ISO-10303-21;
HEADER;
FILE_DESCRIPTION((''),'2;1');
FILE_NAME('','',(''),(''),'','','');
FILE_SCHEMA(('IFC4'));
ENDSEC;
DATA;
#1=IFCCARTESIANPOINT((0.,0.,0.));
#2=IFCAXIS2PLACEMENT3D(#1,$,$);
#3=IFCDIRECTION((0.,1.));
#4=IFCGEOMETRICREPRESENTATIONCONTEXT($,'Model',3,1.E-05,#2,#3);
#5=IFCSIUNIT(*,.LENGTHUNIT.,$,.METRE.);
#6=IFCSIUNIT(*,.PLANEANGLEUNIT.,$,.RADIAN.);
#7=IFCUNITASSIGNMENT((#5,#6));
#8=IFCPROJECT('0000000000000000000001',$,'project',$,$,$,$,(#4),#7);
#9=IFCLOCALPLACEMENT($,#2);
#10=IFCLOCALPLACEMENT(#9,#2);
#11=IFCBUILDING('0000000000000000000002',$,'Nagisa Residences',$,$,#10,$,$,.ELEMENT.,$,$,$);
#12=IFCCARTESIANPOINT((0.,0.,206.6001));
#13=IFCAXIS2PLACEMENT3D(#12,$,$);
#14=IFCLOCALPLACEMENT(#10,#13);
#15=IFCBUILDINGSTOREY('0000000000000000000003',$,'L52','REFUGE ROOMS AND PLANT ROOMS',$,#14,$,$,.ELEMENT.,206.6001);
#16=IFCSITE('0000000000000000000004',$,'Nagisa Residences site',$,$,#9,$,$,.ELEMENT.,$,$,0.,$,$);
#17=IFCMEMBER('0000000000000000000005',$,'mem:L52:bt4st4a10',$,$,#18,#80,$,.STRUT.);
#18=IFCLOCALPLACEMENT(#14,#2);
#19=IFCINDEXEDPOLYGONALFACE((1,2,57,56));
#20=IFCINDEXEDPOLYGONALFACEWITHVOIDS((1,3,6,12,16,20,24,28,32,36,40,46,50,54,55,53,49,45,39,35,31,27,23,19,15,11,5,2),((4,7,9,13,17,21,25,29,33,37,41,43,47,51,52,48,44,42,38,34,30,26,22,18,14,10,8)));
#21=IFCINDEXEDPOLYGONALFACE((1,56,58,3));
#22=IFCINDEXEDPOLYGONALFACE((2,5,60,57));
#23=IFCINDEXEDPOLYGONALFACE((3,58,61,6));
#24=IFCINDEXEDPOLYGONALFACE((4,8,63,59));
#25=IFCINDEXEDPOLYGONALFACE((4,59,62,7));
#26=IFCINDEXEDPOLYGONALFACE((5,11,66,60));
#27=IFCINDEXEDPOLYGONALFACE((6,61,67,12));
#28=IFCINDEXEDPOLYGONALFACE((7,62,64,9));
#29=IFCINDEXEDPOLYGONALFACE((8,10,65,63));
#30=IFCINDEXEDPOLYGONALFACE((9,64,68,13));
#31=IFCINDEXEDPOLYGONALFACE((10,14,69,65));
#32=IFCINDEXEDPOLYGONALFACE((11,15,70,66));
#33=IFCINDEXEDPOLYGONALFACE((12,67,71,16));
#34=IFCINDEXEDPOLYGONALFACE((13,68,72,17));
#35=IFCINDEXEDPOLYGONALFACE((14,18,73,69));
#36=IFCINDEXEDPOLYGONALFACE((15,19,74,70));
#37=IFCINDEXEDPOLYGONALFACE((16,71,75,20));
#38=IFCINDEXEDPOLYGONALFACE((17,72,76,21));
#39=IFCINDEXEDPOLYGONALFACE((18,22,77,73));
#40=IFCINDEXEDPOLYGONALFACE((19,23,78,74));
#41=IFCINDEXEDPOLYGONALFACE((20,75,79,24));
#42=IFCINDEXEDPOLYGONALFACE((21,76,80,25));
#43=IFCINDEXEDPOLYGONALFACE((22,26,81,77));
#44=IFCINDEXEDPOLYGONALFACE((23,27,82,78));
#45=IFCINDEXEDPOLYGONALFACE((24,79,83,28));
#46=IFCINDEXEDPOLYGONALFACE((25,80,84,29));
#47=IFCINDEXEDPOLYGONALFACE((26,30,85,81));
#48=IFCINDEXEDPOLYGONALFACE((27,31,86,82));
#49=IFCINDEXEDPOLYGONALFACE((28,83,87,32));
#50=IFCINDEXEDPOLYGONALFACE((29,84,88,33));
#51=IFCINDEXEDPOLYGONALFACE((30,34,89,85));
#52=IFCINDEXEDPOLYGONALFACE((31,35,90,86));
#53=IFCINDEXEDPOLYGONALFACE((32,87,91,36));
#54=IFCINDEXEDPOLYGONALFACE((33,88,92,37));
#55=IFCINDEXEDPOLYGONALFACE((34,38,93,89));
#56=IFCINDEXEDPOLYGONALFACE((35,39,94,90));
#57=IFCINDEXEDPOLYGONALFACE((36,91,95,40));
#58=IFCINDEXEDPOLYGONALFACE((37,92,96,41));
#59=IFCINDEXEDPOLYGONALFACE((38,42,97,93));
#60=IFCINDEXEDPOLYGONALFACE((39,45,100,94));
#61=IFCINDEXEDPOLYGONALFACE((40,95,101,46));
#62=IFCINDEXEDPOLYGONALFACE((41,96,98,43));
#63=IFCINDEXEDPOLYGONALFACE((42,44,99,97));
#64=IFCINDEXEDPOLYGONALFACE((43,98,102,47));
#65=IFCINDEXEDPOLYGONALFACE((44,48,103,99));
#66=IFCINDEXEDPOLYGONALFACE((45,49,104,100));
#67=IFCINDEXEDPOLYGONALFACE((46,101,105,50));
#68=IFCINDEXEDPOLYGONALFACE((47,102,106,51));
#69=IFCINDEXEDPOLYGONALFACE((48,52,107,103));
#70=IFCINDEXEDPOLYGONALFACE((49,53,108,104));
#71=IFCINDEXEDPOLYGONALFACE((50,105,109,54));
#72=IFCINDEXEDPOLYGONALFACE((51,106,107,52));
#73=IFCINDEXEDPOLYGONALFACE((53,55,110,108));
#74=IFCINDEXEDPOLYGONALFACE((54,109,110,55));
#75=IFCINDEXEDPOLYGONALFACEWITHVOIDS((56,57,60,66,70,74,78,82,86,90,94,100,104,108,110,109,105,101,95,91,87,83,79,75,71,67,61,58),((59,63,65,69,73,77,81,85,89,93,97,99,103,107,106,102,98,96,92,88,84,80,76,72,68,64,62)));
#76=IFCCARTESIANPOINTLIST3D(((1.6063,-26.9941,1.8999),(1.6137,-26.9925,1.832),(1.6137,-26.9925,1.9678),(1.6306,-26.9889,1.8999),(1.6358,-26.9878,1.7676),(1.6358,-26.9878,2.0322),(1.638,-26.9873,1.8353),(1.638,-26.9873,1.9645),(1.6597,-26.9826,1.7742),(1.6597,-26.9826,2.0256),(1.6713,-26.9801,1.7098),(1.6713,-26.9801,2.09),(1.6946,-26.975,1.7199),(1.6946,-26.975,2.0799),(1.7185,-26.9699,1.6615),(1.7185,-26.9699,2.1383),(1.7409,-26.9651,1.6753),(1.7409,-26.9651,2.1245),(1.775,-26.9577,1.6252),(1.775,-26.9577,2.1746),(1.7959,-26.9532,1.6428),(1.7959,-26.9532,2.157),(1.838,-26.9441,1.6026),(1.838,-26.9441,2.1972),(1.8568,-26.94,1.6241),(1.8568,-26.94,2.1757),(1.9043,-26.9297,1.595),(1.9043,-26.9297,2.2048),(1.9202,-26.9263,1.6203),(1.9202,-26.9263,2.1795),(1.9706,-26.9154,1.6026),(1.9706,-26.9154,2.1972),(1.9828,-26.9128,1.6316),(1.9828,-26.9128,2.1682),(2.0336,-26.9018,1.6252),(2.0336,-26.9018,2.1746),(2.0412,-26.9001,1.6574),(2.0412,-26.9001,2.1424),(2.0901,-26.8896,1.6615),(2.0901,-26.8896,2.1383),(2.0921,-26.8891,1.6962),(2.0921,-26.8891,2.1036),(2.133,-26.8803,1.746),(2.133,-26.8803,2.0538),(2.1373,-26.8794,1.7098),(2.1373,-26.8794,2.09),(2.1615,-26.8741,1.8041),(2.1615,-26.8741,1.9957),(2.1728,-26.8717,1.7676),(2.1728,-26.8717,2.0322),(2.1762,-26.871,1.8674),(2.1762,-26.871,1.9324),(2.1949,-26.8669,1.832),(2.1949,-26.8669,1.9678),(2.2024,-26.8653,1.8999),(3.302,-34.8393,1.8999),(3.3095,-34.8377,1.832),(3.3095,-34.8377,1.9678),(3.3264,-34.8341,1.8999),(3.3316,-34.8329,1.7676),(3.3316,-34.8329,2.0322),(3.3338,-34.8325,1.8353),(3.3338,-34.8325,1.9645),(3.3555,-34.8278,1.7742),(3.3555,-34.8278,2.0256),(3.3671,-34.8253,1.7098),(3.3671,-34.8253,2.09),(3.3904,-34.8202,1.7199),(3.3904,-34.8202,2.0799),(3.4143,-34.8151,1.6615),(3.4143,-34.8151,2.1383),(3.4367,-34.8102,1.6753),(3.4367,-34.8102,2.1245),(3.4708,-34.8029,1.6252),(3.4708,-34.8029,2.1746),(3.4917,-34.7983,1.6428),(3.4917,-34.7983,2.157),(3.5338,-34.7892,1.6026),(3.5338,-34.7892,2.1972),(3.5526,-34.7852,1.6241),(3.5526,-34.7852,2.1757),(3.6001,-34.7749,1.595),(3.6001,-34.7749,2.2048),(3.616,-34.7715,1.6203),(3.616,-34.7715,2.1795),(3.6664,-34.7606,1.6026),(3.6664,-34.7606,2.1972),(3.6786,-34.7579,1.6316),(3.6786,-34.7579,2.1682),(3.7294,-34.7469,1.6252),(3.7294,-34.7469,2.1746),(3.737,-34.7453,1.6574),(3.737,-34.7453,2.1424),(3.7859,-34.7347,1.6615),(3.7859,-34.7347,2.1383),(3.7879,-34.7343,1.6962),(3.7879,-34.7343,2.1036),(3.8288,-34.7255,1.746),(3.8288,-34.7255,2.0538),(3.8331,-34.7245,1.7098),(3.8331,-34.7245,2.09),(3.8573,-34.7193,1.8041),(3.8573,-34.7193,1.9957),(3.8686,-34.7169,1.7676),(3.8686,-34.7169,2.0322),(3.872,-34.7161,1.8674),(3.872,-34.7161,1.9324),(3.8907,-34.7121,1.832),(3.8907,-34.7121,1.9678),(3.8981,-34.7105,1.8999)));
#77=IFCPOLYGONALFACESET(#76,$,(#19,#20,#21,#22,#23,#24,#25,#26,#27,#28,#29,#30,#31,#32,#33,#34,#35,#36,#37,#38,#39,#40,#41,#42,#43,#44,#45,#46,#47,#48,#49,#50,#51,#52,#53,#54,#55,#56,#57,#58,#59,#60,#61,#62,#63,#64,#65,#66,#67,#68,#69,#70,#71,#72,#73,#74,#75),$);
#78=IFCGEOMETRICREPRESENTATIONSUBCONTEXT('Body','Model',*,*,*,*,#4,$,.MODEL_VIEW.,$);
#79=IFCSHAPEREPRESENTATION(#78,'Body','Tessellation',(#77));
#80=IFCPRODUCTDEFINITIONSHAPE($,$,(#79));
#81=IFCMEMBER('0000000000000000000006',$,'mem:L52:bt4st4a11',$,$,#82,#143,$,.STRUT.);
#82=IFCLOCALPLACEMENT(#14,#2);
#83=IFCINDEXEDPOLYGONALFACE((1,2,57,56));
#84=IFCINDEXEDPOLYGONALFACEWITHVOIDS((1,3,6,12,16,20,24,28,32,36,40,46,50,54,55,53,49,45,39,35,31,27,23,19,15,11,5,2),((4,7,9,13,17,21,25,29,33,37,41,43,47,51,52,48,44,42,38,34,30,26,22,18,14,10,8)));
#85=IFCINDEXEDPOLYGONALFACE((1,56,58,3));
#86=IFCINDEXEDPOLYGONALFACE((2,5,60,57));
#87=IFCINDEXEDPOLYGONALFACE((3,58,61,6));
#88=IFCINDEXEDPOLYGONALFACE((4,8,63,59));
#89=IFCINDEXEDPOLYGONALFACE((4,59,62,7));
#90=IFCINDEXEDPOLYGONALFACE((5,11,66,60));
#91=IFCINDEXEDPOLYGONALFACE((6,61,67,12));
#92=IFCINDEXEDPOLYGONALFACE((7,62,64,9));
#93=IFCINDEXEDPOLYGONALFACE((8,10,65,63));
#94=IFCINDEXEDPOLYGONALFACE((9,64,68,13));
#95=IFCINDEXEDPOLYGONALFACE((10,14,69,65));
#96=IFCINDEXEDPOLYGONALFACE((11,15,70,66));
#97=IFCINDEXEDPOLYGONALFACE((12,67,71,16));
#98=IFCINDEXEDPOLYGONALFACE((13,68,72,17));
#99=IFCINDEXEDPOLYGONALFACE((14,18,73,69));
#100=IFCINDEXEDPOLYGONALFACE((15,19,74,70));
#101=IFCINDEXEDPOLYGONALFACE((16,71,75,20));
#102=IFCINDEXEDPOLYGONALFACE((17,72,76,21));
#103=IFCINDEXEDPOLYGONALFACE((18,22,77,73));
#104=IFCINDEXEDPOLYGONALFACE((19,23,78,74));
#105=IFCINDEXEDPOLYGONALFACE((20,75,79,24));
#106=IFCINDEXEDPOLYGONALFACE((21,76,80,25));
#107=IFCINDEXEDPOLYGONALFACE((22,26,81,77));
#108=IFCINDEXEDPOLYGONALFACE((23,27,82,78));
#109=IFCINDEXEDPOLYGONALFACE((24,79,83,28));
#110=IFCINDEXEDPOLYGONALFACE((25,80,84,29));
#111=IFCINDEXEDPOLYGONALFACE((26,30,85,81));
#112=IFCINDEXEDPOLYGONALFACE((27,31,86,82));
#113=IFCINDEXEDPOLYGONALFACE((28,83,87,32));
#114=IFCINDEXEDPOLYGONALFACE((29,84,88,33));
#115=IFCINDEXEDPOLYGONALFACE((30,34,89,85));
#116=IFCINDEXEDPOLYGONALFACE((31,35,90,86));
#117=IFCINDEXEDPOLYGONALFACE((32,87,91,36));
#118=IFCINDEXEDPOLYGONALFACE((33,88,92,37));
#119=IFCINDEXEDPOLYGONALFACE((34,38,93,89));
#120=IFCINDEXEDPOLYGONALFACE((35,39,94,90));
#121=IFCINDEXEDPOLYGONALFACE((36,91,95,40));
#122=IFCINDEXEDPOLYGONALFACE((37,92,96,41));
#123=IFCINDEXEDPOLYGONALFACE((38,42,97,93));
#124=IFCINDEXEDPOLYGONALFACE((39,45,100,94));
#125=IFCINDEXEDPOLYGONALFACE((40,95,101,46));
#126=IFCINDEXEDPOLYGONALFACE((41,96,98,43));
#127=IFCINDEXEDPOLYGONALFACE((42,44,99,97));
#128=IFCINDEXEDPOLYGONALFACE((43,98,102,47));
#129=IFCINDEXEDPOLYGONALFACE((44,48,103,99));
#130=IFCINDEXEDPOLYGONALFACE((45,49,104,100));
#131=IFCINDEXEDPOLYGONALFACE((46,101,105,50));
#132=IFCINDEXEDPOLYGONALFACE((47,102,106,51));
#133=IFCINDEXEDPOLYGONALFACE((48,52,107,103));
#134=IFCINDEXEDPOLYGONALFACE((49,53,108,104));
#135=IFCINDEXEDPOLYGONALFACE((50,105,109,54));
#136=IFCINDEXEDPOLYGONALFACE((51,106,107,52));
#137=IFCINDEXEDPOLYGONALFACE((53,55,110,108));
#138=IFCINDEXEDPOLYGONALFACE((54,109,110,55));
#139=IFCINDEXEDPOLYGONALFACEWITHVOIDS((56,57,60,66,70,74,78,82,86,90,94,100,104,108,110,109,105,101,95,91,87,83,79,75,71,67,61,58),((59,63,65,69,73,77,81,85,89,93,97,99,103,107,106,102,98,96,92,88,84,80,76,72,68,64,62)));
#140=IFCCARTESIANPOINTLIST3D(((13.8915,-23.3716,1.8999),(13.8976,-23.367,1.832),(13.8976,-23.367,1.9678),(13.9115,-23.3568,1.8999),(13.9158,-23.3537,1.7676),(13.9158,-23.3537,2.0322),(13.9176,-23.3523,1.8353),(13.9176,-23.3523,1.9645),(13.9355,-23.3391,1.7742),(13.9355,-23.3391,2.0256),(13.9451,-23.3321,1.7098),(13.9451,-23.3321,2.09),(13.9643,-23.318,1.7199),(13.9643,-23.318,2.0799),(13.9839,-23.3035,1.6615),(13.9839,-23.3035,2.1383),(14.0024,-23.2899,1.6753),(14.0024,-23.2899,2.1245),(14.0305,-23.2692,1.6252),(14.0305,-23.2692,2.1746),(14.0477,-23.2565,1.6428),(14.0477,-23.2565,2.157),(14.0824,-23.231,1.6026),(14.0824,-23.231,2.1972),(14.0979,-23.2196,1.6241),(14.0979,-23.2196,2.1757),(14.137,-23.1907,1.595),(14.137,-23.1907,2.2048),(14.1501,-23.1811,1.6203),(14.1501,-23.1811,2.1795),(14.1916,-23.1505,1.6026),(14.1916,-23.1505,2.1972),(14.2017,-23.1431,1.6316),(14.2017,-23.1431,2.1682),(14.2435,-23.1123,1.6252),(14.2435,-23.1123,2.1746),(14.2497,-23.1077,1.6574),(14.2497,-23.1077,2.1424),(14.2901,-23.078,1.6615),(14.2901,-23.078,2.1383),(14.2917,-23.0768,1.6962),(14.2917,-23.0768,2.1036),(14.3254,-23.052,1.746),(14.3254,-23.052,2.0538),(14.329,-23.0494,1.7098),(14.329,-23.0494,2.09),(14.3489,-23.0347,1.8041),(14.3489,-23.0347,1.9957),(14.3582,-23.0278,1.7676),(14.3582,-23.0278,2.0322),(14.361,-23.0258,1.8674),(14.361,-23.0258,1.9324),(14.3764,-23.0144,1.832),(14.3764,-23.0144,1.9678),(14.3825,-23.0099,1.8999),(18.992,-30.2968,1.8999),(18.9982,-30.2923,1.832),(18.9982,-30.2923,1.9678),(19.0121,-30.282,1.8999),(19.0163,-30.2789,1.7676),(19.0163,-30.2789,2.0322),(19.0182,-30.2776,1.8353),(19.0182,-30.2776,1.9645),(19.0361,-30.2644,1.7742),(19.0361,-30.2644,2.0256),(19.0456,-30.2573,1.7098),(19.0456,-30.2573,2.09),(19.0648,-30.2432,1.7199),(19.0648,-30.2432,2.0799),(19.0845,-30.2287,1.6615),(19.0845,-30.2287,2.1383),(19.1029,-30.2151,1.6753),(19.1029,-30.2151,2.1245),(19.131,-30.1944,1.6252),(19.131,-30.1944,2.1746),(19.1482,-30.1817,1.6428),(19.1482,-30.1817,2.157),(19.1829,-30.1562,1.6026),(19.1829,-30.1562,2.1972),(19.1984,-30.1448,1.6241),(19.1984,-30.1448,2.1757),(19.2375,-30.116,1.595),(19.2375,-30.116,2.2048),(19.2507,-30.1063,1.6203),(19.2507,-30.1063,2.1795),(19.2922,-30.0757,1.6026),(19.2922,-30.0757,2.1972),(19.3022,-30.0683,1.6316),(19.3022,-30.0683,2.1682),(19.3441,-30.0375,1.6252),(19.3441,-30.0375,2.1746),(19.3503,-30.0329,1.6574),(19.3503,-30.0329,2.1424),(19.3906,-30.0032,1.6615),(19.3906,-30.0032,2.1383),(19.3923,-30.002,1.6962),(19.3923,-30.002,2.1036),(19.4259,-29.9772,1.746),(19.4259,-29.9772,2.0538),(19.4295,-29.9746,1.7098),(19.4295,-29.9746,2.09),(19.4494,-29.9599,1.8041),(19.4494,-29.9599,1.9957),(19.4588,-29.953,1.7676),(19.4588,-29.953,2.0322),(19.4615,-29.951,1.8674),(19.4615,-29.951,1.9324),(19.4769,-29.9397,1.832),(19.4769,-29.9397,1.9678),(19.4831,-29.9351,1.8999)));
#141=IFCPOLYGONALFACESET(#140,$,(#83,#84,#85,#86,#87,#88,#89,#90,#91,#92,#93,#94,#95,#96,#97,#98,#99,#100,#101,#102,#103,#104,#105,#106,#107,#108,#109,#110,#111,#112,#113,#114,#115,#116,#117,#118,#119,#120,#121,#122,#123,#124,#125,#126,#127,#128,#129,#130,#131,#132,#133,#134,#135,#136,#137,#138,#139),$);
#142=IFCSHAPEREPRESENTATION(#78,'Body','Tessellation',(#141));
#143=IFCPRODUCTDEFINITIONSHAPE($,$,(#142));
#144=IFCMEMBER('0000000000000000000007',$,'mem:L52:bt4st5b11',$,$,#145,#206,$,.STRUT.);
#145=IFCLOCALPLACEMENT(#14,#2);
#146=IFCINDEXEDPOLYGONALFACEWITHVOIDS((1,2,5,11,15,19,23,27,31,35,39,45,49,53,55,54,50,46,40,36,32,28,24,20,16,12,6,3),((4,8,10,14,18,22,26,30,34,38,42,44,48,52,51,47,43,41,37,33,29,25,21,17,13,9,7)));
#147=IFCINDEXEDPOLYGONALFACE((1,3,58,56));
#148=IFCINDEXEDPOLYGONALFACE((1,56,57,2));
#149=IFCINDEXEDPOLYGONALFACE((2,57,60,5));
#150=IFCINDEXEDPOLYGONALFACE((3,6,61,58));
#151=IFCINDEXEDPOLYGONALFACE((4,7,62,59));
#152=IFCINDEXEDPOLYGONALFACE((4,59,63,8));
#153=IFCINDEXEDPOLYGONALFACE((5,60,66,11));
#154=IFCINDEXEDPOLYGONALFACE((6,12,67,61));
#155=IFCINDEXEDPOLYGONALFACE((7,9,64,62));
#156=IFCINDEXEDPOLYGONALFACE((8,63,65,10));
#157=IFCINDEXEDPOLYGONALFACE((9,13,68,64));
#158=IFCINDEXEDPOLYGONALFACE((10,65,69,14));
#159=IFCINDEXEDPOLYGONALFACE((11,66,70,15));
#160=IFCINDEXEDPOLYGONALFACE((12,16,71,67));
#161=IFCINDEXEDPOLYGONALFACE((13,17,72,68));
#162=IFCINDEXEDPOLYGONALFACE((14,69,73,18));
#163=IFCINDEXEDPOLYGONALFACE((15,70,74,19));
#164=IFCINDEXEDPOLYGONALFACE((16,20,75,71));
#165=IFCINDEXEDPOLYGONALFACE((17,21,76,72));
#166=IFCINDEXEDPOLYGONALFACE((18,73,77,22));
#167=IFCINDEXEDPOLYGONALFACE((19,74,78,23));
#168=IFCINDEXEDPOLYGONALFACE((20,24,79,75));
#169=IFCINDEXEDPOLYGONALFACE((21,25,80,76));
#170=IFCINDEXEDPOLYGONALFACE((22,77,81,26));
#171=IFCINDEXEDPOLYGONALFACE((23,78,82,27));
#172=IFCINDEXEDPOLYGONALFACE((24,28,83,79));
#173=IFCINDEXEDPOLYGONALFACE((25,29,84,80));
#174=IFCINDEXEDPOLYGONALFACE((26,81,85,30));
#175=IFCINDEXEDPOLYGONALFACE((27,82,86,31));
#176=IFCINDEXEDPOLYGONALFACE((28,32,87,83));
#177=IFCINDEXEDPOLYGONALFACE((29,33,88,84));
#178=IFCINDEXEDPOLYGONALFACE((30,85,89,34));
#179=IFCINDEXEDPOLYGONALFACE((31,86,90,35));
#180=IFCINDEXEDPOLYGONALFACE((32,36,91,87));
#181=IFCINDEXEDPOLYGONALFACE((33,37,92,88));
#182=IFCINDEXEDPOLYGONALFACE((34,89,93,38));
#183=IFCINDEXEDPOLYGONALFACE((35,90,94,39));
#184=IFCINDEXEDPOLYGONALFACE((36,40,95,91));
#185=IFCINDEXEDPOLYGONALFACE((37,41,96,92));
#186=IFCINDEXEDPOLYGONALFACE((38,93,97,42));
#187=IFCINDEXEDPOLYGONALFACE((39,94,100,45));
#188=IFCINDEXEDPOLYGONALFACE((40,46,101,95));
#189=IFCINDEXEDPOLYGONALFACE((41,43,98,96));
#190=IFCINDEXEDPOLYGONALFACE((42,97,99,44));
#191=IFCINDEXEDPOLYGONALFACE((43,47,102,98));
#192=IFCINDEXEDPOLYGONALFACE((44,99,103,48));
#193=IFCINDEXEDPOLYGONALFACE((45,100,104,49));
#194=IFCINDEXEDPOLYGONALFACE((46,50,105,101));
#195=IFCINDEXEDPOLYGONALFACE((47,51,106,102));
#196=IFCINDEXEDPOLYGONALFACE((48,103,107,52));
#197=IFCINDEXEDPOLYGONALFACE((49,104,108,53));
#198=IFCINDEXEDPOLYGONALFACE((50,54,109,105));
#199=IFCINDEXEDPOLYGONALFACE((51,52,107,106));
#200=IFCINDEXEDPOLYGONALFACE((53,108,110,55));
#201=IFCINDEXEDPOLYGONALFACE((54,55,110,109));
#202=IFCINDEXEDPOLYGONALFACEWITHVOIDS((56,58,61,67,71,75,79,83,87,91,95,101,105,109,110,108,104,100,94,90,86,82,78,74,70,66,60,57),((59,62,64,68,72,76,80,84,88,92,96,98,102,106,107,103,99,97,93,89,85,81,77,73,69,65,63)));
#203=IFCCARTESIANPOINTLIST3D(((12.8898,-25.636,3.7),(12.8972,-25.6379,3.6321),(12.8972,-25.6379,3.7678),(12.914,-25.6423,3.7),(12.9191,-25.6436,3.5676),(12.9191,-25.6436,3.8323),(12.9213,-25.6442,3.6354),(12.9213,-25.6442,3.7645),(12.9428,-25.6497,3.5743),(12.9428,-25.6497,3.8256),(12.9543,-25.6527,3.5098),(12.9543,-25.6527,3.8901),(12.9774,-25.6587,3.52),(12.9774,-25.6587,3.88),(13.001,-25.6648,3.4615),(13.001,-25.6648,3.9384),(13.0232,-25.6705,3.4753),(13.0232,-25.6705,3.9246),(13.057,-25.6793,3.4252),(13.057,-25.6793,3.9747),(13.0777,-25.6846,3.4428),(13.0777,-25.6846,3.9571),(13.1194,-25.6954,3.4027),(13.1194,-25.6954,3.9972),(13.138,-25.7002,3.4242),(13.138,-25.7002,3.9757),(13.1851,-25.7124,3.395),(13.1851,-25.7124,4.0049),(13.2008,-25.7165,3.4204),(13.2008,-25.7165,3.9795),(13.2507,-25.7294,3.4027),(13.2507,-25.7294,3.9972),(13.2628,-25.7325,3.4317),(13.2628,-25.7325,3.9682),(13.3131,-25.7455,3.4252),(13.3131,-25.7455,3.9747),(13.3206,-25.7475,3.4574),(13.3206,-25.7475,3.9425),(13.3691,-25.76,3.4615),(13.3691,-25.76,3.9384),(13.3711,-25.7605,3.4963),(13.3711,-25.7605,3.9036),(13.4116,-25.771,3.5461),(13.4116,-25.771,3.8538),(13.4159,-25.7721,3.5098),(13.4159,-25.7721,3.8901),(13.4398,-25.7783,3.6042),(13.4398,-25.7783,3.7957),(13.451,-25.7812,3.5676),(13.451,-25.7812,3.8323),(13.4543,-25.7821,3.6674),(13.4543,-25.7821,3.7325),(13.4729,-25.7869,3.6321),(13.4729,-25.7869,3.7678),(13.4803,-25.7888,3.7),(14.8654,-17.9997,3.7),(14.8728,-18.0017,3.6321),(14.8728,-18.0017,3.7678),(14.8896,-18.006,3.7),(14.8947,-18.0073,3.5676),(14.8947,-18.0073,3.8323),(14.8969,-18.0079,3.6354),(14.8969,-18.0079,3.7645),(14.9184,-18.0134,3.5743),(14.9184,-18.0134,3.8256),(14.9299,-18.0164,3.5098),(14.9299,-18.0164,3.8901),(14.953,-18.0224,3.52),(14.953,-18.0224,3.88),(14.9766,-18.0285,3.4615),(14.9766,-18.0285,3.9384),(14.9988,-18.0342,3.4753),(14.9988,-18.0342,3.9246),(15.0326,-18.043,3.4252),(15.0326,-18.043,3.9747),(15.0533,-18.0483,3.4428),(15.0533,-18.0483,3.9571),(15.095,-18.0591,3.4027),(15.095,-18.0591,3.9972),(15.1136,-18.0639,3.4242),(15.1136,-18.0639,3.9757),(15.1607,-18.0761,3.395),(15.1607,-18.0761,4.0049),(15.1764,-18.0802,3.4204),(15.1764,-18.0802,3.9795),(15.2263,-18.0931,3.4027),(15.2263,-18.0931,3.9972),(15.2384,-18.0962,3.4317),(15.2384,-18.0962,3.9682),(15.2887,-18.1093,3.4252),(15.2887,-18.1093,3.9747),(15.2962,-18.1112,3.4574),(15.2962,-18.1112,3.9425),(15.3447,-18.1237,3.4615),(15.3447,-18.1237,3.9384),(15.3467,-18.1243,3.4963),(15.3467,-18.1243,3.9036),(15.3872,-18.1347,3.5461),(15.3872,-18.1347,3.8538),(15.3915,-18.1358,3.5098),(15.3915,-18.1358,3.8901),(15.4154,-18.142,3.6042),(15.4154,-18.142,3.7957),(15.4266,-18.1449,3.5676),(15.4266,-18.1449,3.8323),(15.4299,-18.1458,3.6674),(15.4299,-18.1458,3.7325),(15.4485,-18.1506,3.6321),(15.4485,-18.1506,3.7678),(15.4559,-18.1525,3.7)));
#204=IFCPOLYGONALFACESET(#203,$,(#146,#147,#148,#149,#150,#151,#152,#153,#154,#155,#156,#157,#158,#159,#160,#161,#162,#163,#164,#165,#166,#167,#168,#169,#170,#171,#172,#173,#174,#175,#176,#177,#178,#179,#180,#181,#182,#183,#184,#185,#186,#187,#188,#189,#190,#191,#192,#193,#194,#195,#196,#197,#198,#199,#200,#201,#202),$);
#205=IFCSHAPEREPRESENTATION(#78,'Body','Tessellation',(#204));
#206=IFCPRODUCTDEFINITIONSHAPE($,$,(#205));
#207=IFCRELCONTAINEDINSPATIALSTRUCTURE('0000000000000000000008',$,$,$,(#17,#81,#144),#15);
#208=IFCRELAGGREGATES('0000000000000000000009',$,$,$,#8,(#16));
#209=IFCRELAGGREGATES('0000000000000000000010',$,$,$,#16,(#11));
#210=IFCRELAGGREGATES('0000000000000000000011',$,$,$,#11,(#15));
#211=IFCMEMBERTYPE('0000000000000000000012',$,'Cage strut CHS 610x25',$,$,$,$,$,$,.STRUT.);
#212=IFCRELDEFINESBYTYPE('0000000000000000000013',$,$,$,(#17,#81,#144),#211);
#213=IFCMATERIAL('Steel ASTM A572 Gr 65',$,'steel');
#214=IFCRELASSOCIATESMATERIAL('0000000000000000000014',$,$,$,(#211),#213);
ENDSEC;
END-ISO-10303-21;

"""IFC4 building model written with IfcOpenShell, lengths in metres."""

from ifc_helpers import new_model, si_unit, direction, frame, origin, origin_2d, place, context, subcontext, project, spatial, hollow_circle, extrude, material, material_profile, profile_set, type_object, element, save


model = new_model("IFC4")

# Units and contexts
model_context = context("Model", 3, precision=1e-05, world=origin(), true_north=direction((0.0, 1.0)))
body_context = subcontext(model_context, "Body", "Model", "MODEL_VIEW")
ifc_project = project(units=[si_unit("LENGTHUNIT", "METRE"), si_unit("PLANEANGLEUNIT", "RADIAN")], contexts=[model_context])

# Site, building, storey
site_placement = place(None, origin())
site = spatial("IfcSite", under=ifc_project, at=site_placement, Name="Nagisa Residences site", CompositionType="ELEMENT", RefElevation=0.0)
building_placement = place(site_placement, origin())
building = spatial("IfcBuilding", under=site, at=building_placement, Name="Nagisa Residences", CompositionType="ELEMENT")
storey_placement = place(building_placement, frame((0.0, 0.0, 206.6001)))
storey = spatial("IfcBuildingStorey", under=building, at=storey_placement, Name="L52", Description="REFUGE ROOMS AND PLANT ROOMS", CompositionType="ELEMENT", Elevation=206.6001)

# Members
ifc_material_1 = material(Name="Steel ASTM A572 Gr 65", Category="steel")
ifc_material_profile_1 = material_profile(ifc_material_1, hollow_circle(Radius=0.3049, WallThickness=0.0249, at=origin_2d()), Name="CHS 610x25")
ifc_profile_set_1 = profile_set([ifc_material_profile_1], Name="Steel ASTM A572 Gr 65")
member_type_1 = type_object("IfcMemberType", Name="Cage strut CHS 610x25", PredefinedType="STRUT", material=ifc_profile_set_1)
member_1_placement = place(storey_placement, frame((3.6001, -34.7749, 1.8999), z_axis=(-0.211278, 0.977426, 0.0), x_axis=(-0.977426, -0.211278, 0.0)))
element("IfcMember", 1, at=member_1_placement, inside=storey, type_object=member_type_1, Name="mem:L52:bt4st4a10", PredefinedType="STRUT", context=body_context, shape_type="SweptSolid", body=[
    extrude(hollow_circle(Radius=0.3049, WallThickness=0.0249, at=origin_2d()), origin(), (0.0, 0.0, 1.0), 8.0264),
])
member_2_placement = place(storey_placement, frame((19.2375, -30.116, 1.8999), z_axis=(-0.593029, 0.805181, 0.0), x_axis=(-0.805181, -0.593029, 0.0)))
element("IfcMember", 2, at=member_2_placement, inside=storey, type_object=member_type_1, Name="mem:L52:bt4st4a11", PredefinedType="STRUT", context=body_context, shape_type="SweptSolid", body=[
    extrude(hollow_circle(Radius=0.3049, WallThickness=0.0249, at=origin_2d()), origin(), (0.0, 0.0, 1.0), 8.6008),
])
member_3_placement = place(storey_placement, frame((13.1851, -25.7124, 3.7), z_axis=(0.250466, 0.968125, 0.0), x_axis=(-0.968125, 0.250466, 0.0)))
element("IfcMember", 3, at=member_3_placement, inside=storey, type_object=member_type_1, Name="mem:L52:bt4st5b11", PredefinedType="STRUT", context=body_context, shape_type="SweptSolid", body=[
    extrude(hollow_circle(Radius=0.3049, WallThickness=0.0249, at=origin_2d()), origin(), (0.0, 0.0, 1.0), 7.8877),
])

save(model, "model.ifc")
